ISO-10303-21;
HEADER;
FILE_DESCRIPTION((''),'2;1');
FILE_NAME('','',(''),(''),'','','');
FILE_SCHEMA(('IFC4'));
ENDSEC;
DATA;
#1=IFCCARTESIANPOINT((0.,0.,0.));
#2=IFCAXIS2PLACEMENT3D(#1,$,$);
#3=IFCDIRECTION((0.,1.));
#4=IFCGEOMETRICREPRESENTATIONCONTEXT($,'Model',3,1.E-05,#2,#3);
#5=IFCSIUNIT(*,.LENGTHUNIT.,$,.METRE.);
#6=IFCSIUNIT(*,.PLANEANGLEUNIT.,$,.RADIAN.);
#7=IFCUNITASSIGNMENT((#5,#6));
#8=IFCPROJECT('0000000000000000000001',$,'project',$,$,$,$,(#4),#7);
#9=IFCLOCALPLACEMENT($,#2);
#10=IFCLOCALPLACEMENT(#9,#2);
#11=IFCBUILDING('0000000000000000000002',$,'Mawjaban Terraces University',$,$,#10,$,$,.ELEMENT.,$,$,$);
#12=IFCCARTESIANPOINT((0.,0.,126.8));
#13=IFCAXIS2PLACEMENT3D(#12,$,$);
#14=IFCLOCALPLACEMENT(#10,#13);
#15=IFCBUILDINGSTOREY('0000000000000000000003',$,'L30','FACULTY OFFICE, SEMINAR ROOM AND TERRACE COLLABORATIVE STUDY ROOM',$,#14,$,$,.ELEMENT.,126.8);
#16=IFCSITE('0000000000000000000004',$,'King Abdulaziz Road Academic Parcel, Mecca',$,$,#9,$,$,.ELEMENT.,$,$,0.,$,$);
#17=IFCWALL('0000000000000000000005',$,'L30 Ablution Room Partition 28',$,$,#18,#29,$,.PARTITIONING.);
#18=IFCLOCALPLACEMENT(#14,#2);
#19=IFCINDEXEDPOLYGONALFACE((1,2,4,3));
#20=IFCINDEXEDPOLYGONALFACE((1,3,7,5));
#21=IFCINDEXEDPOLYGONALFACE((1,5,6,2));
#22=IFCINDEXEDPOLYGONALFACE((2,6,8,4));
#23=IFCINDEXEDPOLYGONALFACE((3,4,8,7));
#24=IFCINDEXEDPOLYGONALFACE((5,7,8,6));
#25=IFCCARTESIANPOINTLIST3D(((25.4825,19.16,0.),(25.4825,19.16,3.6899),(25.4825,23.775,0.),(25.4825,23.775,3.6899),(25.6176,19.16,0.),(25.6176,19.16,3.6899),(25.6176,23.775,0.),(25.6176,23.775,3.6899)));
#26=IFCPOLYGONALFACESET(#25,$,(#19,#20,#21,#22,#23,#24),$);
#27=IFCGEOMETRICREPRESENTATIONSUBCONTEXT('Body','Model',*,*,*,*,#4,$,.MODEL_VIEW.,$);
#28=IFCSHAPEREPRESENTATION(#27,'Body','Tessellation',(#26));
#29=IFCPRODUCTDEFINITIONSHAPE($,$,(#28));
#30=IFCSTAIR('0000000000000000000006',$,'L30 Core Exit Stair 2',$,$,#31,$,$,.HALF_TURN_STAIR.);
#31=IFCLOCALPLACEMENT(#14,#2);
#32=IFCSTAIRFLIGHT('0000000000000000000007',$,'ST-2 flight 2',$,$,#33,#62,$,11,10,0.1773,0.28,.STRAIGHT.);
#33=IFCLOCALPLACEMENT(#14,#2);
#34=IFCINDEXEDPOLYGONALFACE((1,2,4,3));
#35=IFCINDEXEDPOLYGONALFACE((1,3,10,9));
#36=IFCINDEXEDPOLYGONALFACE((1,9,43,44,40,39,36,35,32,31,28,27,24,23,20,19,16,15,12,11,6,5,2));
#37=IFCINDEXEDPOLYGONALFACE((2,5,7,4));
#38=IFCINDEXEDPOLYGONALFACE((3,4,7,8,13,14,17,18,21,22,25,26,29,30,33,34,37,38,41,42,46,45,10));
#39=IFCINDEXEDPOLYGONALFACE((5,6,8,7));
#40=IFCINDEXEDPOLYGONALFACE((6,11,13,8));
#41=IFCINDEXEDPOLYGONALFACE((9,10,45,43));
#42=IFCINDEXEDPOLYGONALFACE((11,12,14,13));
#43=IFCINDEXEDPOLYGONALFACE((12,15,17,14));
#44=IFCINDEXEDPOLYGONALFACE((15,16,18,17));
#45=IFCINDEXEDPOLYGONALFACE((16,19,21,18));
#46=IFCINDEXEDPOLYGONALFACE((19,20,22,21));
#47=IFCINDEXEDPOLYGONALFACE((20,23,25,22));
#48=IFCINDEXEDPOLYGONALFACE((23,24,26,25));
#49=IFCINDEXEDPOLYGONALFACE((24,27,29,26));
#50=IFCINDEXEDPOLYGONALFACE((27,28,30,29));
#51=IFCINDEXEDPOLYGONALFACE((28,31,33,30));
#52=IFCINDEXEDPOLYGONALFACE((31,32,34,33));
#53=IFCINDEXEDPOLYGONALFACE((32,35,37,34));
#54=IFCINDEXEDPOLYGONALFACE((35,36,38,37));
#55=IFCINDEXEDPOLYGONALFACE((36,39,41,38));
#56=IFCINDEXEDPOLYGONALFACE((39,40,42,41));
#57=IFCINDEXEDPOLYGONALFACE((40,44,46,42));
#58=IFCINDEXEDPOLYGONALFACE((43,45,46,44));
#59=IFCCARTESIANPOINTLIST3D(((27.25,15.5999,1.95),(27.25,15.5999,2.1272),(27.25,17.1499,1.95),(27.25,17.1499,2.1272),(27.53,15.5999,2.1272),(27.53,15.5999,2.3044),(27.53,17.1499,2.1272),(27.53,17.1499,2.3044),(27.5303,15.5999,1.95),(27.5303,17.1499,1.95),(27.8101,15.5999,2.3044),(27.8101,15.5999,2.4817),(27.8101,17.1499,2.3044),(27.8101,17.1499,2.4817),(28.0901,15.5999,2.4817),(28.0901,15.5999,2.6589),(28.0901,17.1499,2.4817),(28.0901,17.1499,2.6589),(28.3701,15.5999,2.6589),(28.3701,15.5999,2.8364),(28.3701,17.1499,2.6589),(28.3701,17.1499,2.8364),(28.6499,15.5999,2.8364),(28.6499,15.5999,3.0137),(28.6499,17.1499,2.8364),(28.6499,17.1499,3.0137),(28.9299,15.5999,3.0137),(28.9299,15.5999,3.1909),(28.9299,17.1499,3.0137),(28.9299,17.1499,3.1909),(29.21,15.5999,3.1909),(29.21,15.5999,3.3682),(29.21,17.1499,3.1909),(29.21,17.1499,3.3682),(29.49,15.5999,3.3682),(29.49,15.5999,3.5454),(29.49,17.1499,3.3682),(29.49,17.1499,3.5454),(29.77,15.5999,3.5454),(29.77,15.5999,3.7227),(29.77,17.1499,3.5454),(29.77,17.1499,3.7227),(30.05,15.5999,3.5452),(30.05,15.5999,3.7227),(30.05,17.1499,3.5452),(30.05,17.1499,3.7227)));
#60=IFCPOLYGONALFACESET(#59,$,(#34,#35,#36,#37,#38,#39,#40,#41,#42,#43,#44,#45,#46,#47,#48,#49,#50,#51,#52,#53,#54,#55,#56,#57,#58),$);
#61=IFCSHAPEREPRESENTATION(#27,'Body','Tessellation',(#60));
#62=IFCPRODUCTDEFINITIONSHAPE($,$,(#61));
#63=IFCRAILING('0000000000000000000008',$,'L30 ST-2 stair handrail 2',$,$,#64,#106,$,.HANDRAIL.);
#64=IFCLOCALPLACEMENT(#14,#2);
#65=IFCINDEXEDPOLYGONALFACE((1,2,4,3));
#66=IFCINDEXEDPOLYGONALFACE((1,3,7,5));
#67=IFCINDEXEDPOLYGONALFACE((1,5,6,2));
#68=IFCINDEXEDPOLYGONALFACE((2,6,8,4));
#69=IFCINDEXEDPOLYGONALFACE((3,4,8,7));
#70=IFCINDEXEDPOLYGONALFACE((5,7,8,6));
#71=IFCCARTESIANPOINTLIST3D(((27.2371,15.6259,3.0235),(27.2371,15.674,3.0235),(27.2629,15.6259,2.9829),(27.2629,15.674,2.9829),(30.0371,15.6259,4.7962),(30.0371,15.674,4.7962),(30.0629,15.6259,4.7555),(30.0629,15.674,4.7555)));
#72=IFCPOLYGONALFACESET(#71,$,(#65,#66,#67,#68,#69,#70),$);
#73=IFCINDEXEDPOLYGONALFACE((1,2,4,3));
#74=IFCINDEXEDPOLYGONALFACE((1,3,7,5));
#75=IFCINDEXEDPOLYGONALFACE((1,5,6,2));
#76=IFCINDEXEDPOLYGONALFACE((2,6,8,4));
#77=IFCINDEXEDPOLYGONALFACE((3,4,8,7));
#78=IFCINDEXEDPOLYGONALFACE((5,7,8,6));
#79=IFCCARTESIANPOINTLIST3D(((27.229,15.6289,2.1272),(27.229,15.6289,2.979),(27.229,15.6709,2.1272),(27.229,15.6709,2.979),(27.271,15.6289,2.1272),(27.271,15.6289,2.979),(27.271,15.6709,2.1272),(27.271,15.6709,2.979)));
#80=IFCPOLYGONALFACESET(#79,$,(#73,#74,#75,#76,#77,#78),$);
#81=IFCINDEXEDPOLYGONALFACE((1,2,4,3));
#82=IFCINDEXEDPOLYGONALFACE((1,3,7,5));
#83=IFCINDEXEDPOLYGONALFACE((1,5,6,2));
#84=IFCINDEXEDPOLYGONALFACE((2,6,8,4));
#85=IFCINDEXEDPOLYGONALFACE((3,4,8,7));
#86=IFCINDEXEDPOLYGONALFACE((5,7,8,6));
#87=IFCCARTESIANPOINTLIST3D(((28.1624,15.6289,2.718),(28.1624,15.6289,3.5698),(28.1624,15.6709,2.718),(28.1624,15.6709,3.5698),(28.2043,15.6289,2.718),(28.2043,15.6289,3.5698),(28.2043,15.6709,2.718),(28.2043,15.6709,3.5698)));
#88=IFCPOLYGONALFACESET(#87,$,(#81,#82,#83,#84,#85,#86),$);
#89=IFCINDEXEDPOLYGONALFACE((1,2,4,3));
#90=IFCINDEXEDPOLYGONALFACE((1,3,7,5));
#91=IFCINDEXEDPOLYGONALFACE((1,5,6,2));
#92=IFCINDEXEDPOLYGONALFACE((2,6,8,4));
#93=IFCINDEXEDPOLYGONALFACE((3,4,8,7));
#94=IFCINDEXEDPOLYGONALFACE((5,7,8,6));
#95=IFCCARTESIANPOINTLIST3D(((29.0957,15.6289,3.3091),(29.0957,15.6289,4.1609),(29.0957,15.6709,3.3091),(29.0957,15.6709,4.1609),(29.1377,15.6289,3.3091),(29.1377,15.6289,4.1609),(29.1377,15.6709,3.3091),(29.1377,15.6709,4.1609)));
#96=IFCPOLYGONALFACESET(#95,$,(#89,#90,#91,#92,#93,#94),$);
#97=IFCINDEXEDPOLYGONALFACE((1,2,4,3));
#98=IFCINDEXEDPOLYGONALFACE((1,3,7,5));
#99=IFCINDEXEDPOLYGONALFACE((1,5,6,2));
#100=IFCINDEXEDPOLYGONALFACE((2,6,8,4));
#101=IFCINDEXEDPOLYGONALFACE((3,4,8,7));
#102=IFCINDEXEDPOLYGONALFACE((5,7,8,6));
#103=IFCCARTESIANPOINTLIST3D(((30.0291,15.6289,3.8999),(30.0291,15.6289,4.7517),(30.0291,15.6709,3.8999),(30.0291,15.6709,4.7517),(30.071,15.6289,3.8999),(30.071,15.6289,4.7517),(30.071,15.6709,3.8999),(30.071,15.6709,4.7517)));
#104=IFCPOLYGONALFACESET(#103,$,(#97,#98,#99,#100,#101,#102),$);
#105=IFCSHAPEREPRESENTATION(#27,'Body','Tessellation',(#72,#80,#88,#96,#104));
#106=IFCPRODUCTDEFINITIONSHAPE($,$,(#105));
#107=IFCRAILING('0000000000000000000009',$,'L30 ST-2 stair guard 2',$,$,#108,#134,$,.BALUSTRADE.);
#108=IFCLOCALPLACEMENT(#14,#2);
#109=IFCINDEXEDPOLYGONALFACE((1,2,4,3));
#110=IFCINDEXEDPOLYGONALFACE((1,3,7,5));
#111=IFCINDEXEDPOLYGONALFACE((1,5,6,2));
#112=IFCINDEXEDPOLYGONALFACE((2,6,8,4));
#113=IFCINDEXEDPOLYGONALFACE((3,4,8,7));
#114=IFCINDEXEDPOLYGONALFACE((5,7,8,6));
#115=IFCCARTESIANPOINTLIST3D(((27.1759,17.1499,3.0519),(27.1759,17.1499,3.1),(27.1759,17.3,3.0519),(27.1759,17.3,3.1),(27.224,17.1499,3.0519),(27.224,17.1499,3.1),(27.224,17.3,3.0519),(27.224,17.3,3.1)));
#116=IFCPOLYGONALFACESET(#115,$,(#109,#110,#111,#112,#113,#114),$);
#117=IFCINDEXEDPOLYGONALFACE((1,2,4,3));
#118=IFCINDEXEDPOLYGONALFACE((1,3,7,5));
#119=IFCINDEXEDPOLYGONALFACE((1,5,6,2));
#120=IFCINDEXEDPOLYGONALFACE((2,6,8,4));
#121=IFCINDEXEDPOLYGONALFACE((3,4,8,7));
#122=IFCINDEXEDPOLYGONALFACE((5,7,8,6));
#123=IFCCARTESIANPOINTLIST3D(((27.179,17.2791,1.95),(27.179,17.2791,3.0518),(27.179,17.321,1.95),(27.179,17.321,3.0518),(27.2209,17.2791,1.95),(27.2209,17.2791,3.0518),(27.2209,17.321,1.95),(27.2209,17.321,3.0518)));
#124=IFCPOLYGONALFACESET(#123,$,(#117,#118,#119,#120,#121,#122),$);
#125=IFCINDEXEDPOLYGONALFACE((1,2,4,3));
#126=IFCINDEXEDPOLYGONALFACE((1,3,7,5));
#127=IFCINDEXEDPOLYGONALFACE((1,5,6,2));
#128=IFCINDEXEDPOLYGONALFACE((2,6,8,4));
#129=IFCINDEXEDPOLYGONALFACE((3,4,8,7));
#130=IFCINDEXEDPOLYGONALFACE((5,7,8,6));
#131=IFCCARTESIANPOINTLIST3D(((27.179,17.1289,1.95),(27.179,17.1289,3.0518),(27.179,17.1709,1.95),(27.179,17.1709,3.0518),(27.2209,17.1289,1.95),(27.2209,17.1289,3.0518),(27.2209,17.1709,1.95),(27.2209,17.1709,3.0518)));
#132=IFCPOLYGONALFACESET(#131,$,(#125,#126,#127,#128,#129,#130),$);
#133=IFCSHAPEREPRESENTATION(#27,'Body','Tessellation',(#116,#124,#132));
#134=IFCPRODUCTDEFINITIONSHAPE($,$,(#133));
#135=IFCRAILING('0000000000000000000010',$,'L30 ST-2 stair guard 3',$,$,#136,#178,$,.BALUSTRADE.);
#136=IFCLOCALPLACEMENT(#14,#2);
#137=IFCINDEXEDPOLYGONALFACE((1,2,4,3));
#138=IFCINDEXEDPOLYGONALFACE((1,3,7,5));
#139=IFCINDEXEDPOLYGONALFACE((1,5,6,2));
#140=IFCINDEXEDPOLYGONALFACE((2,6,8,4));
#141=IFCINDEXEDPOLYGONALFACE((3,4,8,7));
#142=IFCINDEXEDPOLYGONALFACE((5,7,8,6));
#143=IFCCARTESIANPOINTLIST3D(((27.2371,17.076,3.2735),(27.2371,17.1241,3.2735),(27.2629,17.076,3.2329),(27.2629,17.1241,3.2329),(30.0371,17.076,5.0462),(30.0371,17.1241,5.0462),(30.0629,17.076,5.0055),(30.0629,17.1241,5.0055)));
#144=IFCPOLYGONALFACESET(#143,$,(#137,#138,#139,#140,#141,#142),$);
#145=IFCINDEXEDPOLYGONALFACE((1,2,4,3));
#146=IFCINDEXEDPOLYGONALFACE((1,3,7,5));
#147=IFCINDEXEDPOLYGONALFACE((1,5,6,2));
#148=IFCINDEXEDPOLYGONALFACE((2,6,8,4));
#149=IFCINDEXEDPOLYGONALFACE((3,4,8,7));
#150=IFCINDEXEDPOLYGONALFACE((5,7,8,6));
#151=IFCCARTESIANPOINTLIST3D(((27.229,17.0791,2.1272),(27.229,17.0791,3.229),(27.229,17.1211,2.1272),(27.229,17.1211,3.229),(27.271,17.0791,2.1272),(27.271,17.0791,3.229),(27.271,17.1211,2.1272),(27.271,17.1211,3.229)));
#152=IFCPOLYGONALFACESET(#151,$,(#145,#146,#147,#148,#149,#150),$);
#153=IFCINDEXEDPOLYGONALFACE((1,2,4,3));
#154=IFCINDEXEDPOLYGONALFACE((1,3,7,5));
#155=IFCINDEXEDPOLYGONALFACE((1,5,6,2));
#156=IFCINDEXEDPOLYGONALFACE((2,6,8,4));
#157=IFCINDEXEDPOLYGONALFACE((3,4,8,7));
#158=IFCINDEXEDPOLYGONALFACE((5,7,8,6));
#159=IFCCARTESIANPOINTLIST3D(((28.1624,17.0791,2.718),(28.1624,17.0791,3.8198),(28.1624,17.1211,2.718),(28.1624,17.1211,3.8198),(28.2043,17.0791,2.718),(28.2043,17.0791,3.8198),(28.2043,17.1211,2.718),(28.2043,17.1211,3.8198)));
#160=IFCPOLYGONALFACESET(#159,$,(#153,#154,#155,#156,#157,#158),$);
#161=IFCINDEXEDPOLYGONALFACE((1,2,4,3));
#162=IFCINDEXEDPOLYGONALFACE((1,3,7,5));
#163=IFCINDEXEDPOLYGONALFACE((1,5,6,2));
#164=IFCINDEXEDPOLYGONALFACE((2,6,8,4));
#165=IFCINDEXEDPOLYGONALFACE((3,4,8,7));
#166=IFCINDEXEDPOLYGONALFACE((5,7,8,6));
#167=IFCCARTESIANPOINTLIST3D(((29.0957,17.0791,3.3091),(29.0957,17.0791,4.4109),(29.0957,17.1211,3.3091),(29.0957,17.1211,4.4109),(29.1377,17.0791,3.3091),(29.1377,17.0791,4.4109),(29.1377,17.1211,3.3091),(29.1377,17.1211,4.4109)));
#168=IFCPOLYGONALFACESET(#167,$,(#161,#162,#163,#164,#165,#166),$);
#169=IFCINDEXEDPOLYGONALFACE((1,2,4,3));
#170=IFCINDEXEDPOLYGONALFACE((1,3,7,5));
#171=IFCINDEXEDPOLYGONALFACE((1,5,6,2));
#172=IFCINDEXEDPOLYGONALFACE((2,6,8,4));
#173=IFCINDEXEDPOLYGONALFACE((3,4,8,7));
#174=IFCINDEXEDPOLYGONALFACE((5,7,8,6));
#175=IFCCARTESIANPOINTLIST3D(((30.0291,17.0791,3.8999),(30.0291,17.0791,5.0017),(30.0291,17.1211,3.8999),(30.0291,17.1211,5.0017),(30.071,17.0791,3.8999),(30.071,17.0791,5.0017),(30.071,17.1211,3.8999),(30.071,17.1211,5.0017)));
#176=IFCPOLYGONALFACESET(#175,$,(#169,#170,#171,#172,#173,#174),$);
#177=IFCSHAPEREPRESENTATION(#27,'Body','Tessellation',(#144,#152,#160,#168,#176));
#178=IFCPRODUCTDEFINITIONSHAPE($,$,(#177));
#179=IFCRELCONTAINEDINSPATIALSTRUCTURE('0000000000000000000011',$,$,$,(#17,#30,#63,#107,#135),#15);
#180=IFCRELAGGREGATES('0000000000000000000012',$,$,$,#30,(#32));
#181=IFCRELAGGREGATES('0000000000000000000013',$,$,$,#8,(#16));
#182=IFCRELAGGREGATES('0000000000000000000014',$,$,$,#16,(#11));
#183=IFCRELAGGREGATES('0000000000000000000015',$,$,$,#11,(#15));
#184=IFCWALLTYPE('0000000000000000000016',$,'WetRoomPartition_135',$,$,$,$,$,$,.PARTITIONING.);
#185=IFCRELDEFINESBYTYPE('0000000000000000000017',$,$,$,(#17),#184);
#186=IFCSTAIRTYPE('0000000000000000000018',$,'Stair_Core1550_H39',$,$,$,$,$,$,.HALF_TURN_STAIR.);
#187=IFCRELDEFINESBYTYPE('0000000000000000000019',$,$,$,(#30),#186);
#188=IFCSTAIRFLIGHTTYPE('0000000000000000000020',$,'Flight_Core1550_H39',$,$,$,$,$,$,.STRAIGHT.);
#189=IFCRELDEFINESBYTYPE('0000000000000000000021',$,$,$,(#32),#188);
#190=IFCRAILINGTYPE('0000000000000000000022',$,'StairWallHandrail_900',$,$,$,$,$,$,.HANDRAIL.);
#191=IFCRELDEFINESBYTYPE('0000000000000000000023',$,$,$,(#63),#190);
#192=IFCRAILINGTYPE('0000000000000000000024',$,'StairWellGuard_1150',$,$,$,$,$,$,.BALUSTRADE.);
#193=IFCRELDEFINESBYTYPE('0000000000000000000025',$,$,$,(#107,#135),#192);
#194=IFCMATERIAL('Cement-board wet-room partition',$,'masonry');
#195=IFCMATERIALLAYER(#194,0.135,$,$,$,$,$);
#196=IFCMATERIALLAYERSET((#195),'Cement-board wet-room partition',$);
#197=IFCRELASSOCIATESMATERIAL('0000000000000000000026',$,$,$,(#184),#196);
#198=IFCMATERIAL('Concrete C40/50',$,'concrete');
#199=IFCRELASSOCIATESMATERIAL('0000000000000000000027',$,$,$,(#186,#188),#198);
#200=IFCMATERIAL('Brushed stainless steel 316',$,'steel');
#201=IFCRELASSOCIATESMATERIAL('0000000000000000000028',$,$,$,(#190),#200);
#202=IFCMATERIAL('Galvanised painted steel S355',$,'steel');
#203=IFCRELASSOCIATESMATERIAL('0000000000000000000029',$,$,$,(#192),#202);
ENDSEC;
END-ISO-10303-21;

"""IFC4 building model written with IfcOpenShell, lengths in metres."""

from ifc_helpers import new_model, si_unit, direction, frame, frame_2d, origin, origin_2d, place, context, subcontext, project, spatial, polyline, rectangle, outline, extrude, material, layer, layer_set, type_object, element, aggregate, save


model = new_model("IFC4")

# Units and contexts
model_context = context("Model", 3, precision=1e-05, world=origin(), true_north=direction((0.0, 1.0)))
body_context = subcontext(model_context, "Body", "Model", "MODEL_VIEW")
ifc_project = project(units=[si_unit("LENGTHUNIT", "METRE"), si_unit("PLANEANGLEUNIT", "RADIAN")], contexts=[model_context])

# Site, building, storey
site_placement = place(None, origin())
site = spatial("IfcSite", under=ifc_project, at=site_placement, Name="King Abdulaziz Road Academic Parcel, Mecca", CompositionType="ELEMENT", RefElevation=0.0)
building_placement = place(site_placement, origin())
building = spatial("IfcBuilding", under=site, at=building_placement, Name="Mawjaban Terraces University", CompositionType="ELEMENT")
storey_placement = place(building_placement, frame((0.0, 0.0, 126.8)))
storey = spatial("IfcBuildingStorey", under=building, at=storey_placement, Name="L30", Description="FACULTY OFFICE, SEMINAR ROOM AND TERRACE COLLABORATIVE STUDY ROOM", CompositionType="ELEMENT", Elevation=126.8)

# Shared definitions
ifc_material_1 = material(Name="Concrete C40/50", Category="concrete")

# Wall
ifc_material_2 = material(Name="Cement-board wet-room partition", Category="masonry")
ifc_layer_1 = layer(ifc_material_2, 0.135)
ifc_layer_set_1 = layer_set([ifc_layer_1], Name="Cement-board wet-room partition")
wall_type_1 = type_object("IfcWallType", Name="WetRoomPartition_135", PredefinedType="PARTITIONING", material=ifc_layer_set_1)
wall_1_placement = place(storey_placement, frame((25.55, 19.1599, 0.0), z_axis=(0.0, 0.0, 1.0), x_axis=(0.0, 1.0, 0.0)))
element("IfcWall", 1, at=wall_1_placement, inside=storey, type_object=wall_type_1, Name="L30 Ablution Room Partition 28", PredefinedType="PARTITIONING", context=body_context, shape_type="SweptSolid", body=[
    extrude(rectangle(XDim=4.615, YDim=0.135, at=frame_2d((2.3076, 0.0))), origin(), (0.0, 0.0, 1.0), 3.6899),
])

# Stair, stair flight
stair_type = type_object("IfcStairType", Name="Stair_Core1550_H39", PredefinedType="HALF_TURN_STAIR", material=ifc_material_1)
stair_placement = place(storey_placement, origin())
stair = element("IfcStair", 2, at=stair_placement, inside=storey, type_object=stair_type, Name="L30 Core Exit Stair 2", PredefinedType="HALF_TURN_STAIR")
stair_flight_type = type_object("IfcStairFlightType", Name="Flight_Core1550_H39", PredefinedType="STRAIGHT", material=ifc_material_1)
stair_flight_placement = place(storey_placement, frame((27.25, 16.375, 1.95), z_axis=(0.0, 0.0, 1.0), x_axis=(1.0, 0.0, 0.0)))
stair_flight = element("IfcStairFlight", 3, at=stair_flight_placement, type_object=stair_flight_type, Name="ST-2 flight 2", NumberOfRisers=11, NumberOfTreads=10, PredefinedType="STRAIGHT", RiserHeight=0.1773, TreadLength=0.28, context=body_context, shape_type="SweptSolid", body=[
    extrude(outline(polyline([(0.0, 0.0), (0.0, 0.1772), (0.28, 0.1772), (0.28, 0.3545), (0.5601, 0.3545), (0.5601, 0.5317), (0.8401, 0.5317), (0.8401, 0.709), (1.1201, 0.709), (1.1201, 0.8865), (1.3999, 0.8865), (1.3999, 1.0637), (1.6799, 1.0637), (1.6799, 1.241), (1.96, 1.241), (1.96, 1.4182), (2.24, 1.4182), (2.24, 1.5955), (2.52, 1.5955), (2.52, 1.7727), (2.8, 1.7727), (2.8, 1.95), (2.8, 1.5952), (0.2803, 0.0), (0.0, 0.0)])), frame((0.0, 0.7749, 0.0), z_axis=(0.0, -1.0, 0.0), x_axis=(1.0, 0.0, 0.0)), (0.0, 0.0, 1.0), 1.55),
])
aggregate(stair, [stair_flight])

# Railings
ifc_material_3 = material(Name="Brushed stainless steel 316", Category="steel")
railing_type_1 = type_object("IfcRailingType", Name="StairWallHandrail_900", PredefinedType="HANDRAIL", material=ifc_material_3)
railing_1_placement = place(storey_placement, frame((27.25, 15.6499, 2.1272)))
element("IfcRailing", 4, at=railing_1_placement, inside=storey, type_object=railing_type_1, Name="L30 ST-2 stair handrail 2", PredefinedType="HANDRAIL", context=body_context, shape_type="SweptSolid", body=[
    extrude(rectangle(XDim=0.0481, YDim=0.0481, at=origin_2d()), frame((0.0, 0.0, 0.876), z_axis=(0.844909, 0.0, 0.53491), x_axis=(0.0, 1.0, 0.0)), (0.0, 0.0, 1.0), 3.314),
    extrude(rectangle(XDim=0.042, YDim=0.042, at=origin_2d()), origin(), (0.0, 0.0, 1.0), 0.8518),
    extrude(rectangle(XDim=0.042, YDim=0.042, at=origin_2d()), frame((0.9333, 0.0, 0.5908)), (0.0, 0.0, 1.0), 0.8518),
    extrude(rectangle(XDim=0.042, YDim=0.042, at=origin_2d()), frame((1.8667, 0.0, 1.1819)), (0.0, 0.0, 1.0), 0.8518),
    extrude(rectangle(XDim=0.042, YDim=0.042, at=origin_2d()), frame((2.8, 0.0, 1.7727)), (0.0, 0.0, 1.0), 0.8518),
])
ifc_material_4 = material(Name="Galvanised painted steel S355", Category="steel")
railing_type_2 = type_object("IfcRailingType", Name="StairWellGuard_1150", PredefinedType="BALUSTRADE", material=ifc_material_4)
railing_2_placement = place(storey_placement, frame((27.2, 17.3, 1.95)))
element("IfcRailing", 5, at=railing_2_placement, inside=storey, type_object=railing_type_2, Name="L30 ST-2 stair guard 2", PredefinedType="BALUSTRADE", context=body_context, shape_type="SweptSolid", body=[
    extrude(rectangle(XDim=0.0481, YDim=0.0481, at=origin_2d()), frame((0.0, 0.0, 1.126), z_axis=(0.0, -1.0, 0.0), x_axis=(1.0, 0.0, 0.0)), (0.0, 0.0, 1.0), 0.1501),
    extrude(rectangle(XDim=0.042, YDim=0.042, at=origin_2d()), origin(), (0.0, 0.0, 1.0), 1.1018),
    extrude(rectangle(XDim=0.042, YDim=0.042, at=origin_2d()), frame((0.0, -0.1501, 0.0)), (0.0, 0.0, 1.0), 1.1018),
])
railing_3_placement = place(storey_placement, frame((27.25, 17.1001, 2.1272)))
element("IfcRailing", 6, at=railing_3_placement, inside=storey, type_object=railing_type_2, Name="L30 ST-2 stair guard 3", PredefinedType="BALUSTRADE", context=body_context, shape_type="SweptSolid", body=[
    extrude(rectangle(XDim=0.0481, YDim=0.0481, at=origin_2d()), frame((0.0, 0.0, 1.126), z_axis=(0.844909, 0.0, 0.53491), x_axis=(0.0, 1.0, 0.0)), (0.0, 0.0, 1.0), 3.314),
    extrude(rectangle(XDim=0.042, YDim=0.042, at=origin_2d()), origin(), (0.0, 0.0, 1.0), 1.1018),
    extrude(rectangle(XDim=0.042, YDim=0.042, at=origin_2d()), frame((0.9333, 0.0, 0.5908)), (0.0, 0.0, 1.0), 1.1018),
    extrude(rectangle(XDim=0.042, YDim=0.042, at=origin_2d()), frame((1.8667, 0.0, 1.1819)), (0.0, 0.0, 1.0), 1.1018),
    extrude(rectangle(XDim=0.042, YDim=0.042, at=origin_2d()), frame((2.8, 0.0, 1.7727)), (0.0, 0.0, 1.0), 1.1018),
])

save(model, "model.ifc")
